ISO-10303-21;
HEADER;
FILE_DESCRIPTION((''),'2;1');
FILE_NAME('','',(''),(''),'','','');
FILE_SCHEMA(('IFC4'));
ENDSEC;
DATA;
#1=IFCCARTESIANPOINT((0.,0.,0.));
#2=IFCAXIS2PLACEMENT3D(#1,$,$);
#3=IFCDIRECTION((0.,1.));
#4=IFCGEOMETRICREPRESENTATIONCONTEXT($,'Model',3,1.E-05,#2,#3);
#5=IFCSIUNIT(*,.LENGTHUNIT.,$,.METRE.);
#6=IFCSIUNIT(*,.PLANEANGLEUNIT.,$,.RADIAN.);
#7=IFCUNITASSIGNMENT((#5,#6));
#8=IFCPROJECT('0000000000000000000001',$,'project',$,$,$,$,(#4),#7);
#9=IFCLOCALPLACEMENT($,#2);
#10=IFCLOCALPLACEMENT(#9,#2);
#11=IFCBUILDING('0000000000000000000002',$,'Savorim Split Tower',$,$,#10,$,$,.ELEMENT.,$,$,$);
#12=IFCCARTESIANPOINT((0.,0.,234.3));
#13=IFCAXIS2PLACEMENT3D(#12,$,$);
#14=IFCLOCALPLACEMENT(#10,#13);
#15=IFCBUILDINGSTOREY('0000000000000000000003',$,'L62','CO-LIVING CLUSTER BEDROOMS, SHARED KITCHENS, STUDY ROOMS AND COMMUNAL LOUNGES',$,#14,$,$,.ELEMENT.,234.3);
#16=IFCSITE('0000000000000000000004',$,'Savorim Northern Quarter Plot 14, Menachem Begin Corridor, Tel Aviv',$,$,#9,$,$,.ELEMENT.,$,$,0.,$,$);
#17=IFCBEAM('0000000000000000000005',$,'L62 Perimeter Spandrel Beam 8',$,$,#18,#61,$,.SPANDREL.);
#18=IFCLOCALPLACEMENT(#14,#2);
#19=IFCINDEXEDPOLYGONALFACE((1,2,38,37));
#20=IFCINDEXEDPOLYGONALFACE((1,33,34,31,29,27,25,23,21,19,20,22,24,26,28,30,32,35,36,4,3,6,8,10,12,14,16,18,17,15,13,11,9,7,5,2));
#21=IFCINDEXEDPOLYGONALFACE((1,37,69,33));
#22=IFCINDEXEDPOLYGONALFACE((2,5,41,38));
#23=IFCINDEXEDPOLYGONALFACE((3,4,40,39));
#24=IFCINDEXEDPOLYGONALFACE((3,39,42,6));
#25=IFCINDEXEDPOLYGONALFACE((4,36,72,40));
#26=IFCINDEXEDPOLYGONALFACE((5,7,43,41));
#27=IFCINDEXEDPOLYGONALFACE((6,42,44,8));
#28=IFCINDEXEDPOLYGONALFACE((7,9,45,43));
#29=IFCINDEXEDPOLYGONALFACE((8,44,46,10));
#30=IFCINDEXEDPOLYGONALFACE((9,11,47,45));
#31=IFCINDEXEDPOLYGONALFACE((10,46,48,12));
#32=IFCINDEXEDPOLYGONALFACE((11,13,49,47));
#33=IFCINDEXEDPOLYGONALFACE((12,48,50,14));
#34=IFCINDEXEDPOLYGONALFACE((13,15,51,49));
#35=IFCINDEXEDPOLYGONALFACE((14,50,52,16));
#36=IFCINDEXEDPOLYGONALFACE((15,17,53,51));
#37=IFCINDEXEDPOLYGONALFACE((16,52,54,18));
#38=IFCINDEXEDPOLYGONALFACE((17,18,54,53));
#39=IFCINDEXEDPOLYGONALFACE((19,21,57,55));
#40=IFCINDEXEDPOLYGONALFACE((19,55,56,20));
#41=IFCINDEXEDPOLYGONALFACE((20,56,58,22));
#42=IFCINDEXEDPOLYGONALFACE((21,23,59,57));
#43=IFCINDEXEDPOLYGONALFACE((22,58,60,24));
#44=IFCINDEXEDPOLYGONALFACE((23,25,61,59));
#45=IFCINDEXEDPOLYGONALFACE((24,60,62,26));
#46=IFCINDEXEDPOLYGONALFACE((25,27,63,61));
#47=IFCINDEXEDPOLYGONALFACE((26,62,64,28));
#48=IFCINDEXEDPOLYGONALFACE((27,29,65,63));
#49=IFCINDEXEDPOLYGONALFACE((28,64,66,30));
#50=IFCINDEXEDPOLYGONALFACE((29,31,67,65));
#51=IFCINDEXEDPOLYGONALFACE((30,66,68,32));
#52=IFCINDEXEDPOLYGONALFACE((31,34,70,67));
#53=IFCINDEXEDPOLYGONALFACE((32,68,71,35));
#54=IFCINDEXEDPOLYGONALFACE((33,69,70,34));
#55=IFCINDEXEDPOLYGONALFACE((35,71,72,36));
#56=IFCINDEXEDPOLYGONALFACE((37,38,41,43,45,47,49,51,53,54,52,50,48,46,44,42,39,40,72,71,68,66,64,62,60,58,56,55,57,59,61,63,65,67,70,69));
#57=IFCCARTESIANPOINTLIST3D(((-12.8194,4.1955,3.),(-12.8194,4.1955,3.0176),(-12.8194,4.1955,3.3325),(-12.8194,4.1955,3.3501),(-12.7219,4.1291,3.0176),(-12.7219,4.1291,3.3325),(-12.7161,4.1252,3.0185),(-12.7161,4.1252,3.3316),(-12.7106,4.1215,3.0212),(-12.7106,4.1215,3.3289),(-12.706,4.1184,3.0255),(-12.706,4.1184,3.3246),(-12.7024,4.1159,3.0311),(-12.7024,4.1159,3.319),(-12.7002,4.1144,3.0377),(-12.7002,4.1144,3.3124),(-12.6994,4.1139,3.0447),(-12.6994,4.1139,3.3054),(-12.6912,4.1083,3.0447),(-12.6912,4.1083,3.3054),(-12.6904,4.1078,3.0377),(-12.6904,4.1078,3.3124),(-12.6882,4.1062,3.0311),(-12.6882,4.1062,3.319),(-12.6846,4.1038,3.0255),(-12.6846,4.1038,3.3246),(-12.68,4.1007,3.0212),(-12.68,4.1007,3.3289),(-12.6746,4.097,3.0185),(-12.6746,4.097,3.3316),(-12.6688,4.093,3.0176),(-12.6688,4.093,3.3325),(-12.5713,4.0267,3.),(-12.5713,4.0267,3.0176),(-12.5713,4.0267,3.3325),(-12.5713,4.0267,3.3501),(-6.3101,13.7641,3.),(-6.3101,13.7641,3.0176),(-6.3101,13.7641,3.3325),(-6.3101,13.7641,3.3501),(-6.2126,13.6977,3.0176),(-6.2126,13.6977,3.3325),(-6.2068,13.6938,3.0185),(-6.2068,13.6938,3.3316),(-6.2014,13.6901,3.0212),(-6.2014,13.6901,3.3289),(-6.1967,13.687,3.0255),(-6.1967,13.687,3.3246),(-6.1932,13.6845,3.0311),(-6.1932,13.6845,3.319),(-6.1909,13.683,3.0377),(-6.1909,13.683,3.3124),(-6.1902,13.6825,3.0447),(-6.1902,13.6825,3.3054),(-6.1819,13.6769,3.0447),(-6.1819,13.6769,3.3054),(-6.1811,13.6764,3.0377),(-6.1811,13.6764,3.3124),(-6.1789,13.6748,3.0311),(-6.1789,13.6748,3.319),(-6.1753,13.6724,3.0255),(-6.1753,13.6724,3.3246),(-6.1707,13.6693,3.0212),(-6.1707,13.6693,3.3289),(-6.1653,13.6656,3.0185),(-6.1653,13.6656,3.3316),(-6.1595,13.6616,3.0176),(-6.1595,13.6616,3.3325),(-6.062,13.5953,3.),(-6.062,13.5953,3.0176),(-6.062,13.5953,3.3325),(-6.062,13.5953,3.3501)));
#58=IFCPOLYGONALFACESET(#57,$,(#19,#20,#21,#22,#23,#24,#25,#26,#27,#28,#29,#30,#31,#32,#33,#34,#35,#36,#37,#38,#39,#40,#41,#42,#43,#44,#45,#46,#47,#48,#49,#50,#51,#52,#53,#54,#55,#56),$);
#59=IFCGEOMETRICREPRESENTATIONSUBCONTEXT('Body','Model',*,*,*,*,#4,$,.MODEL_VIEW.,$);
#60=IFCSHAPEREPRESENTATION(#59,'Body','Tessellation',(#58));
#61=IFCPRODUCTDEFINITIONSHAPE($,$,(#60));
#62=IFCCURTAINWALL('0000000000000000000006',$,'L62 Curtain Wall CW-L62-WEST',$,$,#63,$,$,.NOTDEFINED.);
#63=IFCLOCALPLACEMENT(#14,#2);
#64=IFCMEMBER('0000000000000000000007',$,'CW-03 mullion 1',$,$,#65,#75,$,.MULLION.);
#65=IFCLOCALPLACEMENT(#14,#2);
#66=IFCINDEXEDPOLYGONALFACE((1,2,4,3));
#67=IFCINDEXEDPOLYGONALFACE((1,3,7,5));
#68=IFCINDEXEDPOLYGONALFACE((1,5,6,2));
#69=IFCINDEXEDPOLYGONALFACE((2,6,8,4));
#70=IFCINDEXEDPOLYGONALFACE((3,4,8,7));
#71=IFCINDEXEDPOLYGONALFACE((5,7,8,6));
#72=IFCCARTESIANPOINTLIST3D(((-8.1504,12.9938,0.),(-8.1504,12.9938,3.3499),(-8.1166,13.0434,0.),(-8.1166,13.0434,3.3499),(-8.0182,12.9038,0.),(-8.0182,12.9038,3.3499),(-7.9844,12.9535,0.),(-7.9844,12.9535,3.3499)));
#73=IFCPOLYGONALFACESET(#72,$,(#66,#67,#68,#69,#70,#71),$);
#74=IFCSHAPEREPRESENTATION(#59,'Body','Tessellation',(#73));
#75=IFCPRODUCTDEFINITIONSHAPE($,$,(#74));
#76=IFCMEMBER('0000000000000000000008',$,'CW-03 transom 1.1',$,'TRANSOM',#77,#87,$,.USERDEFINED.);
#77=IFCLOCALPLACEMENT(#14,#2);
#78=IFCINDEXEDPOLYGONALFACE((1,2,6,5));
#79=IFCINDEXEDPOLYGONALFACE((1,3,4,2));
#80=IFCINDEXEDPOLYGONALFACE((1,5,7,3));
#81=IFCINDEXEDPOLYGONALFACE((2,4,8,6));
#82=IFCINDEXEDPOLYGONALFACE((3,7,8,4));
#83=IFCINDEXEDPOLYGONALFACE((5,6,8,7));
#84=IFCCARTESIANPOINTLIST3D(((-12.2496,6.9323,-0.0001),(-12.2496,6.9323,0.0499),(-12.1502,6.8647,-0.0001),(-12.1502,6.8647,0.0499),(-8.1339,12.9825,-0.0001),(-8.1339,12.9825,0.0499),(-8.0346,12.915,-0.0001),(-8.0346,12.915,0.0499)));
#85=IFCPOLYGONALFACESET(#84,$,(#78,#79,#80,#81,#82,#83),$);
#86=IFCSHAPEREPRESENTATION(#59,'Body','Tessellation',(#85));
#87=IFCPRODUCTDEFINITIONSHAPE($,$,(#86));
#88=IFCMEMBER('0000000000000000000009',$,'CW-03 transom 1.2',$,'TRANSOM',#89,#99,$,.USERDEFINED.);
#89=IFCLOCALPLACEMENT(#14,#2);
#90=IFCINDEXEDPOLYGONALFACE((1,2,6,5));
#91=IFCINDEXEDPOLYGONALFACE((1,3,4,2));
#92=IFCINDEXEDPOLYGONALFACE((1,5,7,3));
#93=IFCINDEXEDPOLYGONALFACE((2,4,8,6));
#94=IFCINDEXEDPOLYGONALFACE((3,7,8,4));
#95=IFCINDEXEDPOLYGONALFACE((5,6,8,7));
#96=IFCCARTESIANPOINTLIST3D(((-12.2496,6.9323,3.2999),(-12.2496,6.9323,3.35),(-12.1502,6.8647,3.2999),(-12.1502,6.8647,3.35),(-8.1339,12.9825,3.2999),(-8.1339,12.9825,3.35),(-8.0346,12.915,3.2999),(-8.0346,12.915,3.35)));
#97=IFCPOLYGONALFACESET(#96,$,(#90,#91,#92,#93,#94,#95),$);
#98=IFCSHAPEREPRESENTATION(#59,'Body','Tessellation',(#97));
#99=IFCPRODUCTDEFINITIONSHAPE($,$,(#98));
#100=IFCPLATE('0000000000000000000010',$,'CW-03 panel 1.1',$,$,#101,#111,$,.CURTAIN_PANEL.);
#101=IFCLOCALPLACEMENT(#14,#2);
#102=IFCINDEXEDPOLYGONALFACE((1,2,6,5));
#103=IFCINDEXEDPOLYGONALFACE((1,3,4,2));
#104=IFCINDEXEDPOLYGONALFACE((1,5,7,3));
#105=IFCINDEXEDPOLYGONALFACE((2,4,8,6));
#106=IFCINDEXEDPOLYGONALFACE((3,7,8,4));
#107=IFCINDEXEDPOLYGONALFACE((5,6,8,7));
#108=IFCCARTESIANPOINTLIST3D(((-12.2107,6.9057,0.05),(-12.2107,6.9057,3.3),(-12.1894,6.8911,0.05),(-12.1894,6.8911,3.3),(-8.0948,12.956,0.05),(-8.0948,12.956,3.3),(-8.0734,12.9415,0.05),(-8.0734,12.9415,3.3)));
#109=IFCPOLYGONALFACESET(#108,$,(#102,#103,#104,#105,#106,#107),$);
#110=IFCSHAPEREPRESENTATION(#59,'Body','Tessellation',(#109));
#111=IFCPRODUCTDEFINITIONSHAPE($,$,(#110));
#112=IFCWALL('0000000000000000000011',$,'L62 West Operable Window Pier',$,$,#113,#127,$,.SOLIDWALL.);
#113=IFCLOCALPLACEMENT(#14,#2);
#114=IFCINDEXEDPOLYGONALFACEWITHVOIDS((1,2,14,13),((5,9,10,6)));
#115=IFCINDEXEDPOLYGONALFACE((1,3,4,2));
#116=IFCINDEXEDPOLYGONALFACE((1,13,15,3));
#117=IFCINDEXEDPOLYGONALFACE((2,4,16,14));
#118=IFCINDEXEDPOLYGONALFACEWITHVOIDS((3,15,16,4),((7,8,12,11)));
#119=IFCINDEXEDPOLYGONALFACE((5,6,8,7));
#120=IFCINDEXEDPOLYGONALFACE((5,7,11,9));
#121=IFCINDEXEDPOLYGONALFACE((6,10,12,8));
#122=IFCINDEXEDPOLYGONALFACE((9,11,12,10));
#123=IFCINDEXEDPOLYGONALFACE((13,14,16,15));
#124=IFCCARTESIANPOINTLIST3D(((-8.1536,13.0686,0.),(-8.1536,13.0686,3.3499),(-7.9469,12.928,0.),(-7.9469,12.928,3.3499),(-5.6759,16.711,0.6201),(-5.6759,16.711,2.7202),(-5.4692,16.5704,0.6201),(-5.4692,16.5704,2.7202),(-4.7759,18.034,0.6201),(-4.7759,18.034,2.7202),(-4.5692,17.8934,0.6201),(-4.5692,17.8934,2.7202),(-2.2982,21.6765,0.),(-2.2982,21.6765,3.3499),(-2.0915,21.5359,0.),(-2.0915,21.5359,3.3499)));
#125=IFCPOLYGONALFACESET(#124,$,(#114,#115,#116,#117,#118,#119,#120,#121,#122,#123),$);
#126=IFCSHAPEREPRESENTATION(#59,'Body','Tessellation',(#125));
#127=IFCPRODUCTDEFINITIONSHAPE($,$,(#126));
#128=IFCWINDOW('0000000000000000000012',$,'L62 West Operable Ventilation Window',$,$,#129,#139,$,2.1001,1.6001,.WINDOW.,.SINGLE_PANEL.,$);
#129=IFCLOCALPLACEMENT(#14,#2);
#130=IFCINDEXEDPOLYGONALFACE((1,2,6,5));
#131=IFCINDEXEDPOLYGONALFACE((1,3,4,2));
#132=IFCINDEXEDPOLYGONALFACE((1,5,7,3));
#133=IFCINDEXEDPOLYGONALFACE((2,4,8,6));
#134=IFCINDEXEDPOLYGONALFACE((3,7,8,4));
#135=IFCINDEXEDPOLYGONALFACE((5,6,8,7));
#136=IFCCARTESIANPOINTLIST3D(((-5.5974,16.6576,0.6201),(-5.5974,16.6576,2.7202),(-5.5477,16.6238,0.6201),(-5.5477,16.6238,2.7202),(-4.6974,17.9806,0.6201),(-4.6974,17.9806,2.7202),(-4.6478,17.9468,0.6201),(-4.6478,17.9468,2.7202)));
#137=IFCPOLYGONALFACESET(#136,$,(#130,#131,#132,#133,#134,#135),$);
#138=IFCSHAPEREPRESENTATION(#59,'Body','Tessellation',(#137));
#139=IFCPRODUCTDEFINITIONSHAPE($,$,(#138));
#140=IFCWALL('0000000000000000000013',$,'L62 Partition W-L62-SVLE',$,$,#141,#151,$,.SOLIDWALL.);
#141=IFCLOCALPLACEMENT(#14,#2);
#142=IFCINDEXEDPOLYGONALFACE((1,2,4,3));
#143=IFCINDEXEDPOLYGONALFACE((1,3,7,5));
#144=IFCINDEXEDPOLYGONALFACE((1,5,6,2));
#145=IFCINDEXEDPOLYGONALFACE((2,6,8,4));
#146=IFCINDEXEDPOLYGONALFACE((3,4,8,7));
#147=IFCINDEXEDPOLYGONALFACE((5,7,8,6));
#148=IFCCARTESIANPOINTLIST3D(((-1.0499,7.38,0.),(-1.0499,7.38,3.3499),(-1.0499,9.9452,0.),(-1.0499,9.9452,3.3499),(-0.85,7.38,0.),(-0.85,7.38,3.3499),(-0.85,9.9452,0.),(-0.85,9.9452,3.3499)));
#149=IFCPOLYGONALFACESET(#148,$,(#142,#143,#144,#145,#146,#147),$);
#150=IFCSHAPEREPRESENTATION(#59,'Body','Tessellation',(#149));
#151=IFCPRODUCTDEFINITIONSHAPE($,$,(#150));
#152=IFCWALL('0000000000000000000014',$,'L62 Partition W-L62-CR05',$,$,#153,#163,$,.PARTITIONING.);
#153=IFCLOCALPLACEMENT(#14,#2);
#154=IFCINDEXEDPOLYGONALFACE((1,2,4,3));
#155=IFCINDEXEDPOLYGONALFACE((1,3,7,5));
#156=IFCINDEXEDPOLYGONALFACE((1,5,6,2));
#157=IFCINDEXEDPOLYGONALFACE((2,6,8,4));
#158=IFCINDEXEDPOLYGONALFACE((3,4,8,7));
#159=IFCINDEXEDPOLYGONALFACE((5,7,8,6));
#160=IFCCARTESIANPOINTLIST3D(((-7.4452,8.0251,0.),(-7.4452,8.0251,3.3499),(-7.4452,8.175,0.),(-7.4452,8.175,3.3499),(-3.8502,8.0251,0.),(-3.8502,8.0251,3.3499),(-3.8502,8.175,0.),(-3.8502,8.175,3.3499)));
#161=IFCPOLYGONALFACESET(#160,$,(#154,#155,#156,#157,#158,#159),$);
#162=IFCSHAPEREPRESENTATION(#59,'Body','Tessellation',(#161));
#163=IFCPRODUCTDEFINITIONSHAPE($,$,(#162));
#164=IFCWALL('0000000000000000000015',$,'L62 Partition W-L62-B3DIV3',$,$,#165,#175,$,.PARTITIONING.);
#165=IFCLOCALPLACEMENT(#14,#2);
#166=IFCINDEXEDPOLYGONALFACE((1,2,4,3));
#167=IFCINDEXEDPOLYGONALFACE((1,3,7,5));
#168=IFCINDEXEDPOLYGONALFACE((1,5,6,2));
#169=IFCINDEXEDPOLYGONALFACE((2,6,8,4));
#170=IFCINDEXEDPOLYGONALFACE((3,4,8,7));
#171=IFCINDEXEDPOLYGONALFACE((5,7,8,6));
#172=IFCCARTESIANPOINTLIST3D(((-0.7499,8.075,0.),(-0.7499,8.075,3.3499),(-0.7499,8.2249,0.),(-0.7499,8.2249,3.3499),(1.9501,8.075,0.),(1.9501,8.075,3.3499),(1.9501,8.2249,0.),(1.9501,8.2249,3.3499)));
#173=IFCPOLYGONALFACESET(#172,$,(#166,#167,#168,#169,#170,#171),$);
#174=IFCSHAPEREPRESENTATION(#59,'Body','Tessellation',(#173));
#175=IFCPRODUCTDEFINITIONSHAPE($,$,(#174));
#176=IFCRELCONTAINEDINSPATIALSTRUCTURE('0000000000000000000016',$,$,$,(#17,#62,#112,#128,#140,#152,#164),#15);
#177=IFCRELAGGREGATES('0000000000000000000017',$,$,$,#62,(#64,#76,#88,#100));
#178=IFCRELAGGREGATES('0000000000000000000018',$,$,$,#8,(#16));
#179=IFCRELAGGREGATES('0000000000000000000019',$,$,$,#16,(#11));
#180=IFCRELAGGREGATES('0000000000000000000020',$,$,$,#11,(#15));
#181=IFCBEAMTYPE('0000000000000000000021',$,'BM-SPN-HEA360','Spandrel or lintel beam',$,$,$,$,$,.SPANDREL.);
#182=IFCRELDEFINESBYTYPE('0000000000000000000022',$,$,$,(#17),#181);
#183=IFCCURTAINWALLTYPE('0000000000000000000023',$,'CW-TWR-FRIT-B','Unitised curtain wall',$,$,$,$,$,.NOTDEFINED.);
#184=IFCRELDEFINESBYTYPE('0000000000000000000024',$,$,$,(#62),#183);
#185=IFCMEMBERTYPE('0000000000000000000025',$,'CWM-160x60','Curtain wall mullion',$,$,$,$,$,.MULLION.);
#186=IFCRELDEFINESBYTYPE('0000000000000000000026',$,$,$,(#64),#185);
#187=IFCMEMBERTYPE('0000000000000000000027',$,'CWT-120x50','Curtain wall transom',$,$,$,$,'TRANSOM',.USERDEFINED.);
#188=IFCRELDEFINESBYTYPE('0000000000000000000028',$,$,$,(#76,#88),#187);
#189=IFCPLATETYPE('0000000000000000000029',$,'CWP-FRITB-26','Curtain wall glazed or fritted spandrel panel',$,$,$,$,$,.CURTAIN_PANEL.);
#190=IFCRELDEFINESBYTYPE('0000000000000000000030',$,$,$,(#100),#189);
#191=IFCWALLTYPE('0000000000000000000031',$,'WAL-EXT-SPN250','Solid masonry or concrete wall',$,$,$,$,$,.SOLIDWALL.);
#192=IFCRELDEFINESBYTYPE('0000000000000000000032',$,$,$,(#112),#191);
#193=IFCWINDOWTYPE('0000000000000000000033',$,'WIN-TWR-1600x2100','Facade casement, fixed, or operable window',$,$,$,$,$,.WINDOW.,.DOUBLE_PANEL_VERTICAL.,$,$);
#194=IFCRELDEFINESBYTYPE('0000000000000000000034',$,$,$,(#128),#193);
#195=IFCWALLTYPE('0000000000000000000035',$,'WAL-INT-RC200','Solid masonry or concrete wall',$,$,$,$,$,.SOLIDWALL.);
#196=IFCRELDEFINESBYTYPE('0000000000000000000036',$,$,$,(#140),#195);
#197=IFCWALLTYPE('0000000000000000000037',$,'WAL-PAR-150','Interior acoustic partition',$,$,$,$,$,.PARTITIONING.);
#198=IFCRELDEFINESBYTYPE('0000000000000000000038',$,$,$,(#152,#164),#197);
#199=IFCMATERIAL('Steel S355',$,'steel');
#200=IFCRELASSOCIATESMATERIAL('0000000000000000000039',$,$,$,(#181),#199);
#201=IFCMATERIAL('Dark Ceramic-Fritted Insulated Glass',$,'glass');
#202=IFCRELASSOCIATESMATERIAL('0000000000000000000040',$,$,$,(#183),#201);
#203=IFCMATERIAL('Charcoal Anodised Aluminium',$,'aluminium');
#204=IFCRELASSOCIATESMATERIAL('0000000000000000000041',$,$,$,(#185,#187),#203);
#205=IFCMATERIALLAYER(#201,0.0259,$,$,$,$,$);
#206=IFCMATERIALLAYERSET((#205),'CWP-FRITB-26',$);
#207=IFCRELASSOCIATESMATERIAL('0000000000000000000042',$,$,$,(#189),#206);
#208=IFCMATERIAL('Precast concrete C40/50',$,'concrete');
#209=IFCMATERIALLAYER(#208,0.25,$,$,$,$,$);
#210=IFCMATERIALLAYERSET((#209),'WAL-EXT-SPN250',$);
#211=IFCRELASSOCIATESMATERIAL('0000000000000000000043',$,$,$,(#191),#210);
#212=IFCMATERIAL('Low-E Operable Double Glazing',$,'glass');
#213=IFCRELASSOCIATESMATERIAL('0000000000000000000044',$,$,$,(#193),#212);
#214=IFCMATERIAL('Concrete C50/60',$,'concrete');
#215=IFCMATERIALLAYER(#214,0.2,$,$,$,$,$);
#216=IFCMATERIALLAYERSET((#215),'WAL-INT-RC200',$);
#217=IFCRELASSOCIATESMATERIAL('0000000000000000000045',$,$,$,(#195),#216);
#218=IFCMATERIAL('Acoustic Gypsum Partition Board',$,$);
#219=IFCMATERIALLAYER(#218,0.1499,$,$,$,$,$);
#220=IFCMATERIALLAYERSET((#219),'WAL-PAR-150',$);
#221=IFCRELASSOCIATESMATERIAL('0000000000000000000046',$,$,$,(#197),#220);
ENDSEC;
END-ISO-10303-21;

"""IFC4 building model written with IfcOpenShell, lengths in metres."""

from ifc_helpers import new_model, si_unit, direction, frame, frame_2d, origin, origin_2d, place, context, subcontext, project, spatial, rectangle, i_section, extrude, material, layer, layer_set, material_profile, profile_set, type_object, element, fill, aggregate, save


model = new_model("IFC4")

# Units and contexts
model_context = context("Model", 3, precision=1e-05, world=origin(), true_north=direction((0.0, 1.0)))
body_context = subcontext(model_context, "Body", "Model", "MODEL_VIEW")
ifc_project = project(units=[si_unit("LENGTHUNIT", "METRE"), si_unit("PLANEANGLEUNIT", "RADIAN")], contexts=[model_context])

# Site, building, storey
site_placement = place(None, origin())
site = spatial("IfcSite", under=ifc_project, at=site_placement, Name="Savorim Northern Quarter Plot 14, Menachem Begin Corridor, Tel Aviv", CompositionType="ELEMENT", RefElevation=0.0)
building_placement = place(site_placement, origin())
building = spatial("IfcBuilding", under=site, at=building_placement, Name="Savorim Split Tower", CompositionType="ELEMENT")
storey_placement = place(building_placement, frame((0.0, 0.0, 234.3)))
storey = spatial("IfcBuildingStorey", under=building, at=storey_placement, Name="L62", Description="CO-LIVING CLUSTER BEDROOMS, SHARED KITCHENS, STUDY ROOMS AND COMMUNAL LOUNGES", CompositionType="ELEMENT", Elevation=234.3)

# Shared definitions
ifc_material_1 = material(Name="Steel S355", Category="steel")

# Beam
ifc_material_profile_1 = material_profile(ifc_material_1, i_section(OverallWidth=0.3, OverallDepth=0.3501, WebThickness=0.01, FlangeThickness=0.0176, FilletRadius=0.0271, at=origin_2d()), Name="HEA 360")
ifc_profile_set_1 = profile_set([ifc_material_profile_1], Name="Steel S355")
beam_type_1 = type_object("IfcBeamType", Name="BM-SPN-HEA360", Description="Spandrel or lintel beam", PredefinedType="SPANDREL", material=ifc_profile_set_1)
beam_1_placement = place(storey_placement, frame((-6.186, 13.6797, 3.175), z_axis=(-0.562465, -0.826821, 0.0), x_axis=(0.826821, -0.562465, 0.0)))
element("IfcBeam", 1, at=beam_1_placement, inside=storey, type_object=beam_type_1, Name="L62 Perimeter Spandrel Beam 8", PredefinedType="SPANDREL", context=body_context, shape_type="SweptSolid", body=[
    extrude(i_section(OverallWidth=0.3, OverallDepth=0.3501, WebThickness=0.01, FlangeThickness=0.0176, FilletRadius=0.0271, at=origin_2d()), origin(), (0.0, 0.0, 1.0), 11.5728),
])

# Curtain wall, members, plate
ifc_material_2 = material(Name="Dark Ceramic-Fritted Insulated Glass", Category="glass")
curtain_wall_type = type_object("IfcCurtainWallType", Name="CW-TWR-FRIT-B", Description="Unitised curtain wall", PredefinedType="NOTDEFINED", material=ifc_material_2)
curtain_wall_placement = place(storey_placement, origin())
curtain_wall = element("IfcCurtainWall", 2, at=curtain_wall_placement, inside=storey, type_object=curtain_wall_type, Name="L62 Curtain Wall CW-L62-WEST", PredefinedType="NOTDEFINED")
ifc_material_3 = material(Name="Charcoal Anodised Aluminium", Category="aluminium")
ifc_material_profile_2 = material_profile(ifc_material_3, rectangle(XDim=0.1599, YDim=0.0601, at=origin_2d()), Name="ALU-M 160x60")
ifc_profile_set_2 = profile_set([ifc_material_profile_2], Name="Charcoal Anodised Aluminium")
member_type_1 = type_object("IfcMemberType", Name="CWM-160x60", Description="Curtain wall mullion", PredefinedType="MULLION", material=ifc_profile_set_2)
member_1_placement = place(storey_placement, frame((-8.0674, 12.9736, 0.0), z_axis=(0.0, 0.0, 1.0), x_axis=(0.82682, -0.562467, 0.0)))
member_1 = element("IfcMember", 3, at=member_1_placement, type_object=member_type_1, Name="CW-03 mullion 1", PredefinedType="MULLION", context=body_context, shape_type="SweptSolid", body=[
    extrude(rectangle(XDim=0.1599, YDim=0.0601, at=origin_2d()), origin(), (0.0, 0.0, 1.0), 3.3499),
])
ifc_material_profile_3 = material_profile(ifc_material_3, rectangle(XDim=0.1201, YDim=0.05, at=origin_2d()), Name="ALU-T 120x50")
ifc_profile_set_3 = profile_set([ifc_material_profile_3], Name="Charcoal Anodised Aluminium")
member_type_2 = type_object("IfcMemberType", Name="CWT-120x50", Description="Curtain wall transom", ElementType="TRANSOM", PredefinedType="USERDEFINED", material=ifc_profile_set_3)
member_2_placement = place(storey_placement, frame((-8.0842, 12.9487, 0.0249), z_axis=(-0.562452, -0.82683, 0.0), x_axis=(0.82683, -0.562452, 0.0)))
member_2 = element("IfcMember", 4, at=member_2_placement, type_object=member_type_2, Name="CW-03 transom 1.1", ObjectType="TRANSOM", PredefinedType="USERDEFINED", context=body_context, shape_type="SweptSolid", body=[
    extrude(rectangle(XDim=0.1201, YDim=0.05, at=origin_2d()), origin(), (0.0, 0.0, 1.0), 7.3174),
])
member_3_placement = place(storey_placement, frame((-8.0842, 12.9487, 3.325), z_axis=(-0.562452, -0.82683, 0.0), x_axis=(0.82683, -0.562452, 0.0)))
member_3 = element("IfcMember", 5, at=member_3_placement, type_object=member_type_2, Name="CW-03 transom 1.2", ObjectType="TRANSOM", PredefinedType="USERDEFINED", context=body_context, shape_type="SweptSolid", body=[
    extrude(rectangle(XDim=0.1201, YDim=0.05, at=origin_2d()), origin(), (0.0, 0.0, 1.0), 7.3174),
])
ifc_layer_1 = layer(ifc_material_2, 0.0259)
ifc_layer_set_1 = layer_set([ifc_layer_1], Name="CWP-FRITB-26")
plate_type = type_object("IfcPlateType", Name="CWP-FRITB-26", Description="Curtain wall glazed or fritted spandrel panel", PredefinedType="CURTAIN_PANEL", material=ifc_layer_set_1)
plate_placement = place(storey_placement, frame((-10.1421, 9.9236, 0.05), z_axis=(0.0, 0.0, 1.0), x_axis=(-0.562467, -0.82682, 0.0)))
plate = element("IfcPlate", 6, at=plate_placement, type_object=plate_type, Name="CW-03 panel 1.1", PredefinedType="CURTAIN_PANEL", context=body_context, shape_type="SweptSolid", body=[
    extrude(rectangle(XDim=7.3176, YDim=0.0259, at=origin_2d()), origin(), (0.0, 0.0, 1.0), 3.25),
])
aggregate(curtain_wall, [member_1, member_2, member_3, plate])

# Shared definitions
ifc_material_4 = material(Name="Precast concrete C40/50", Category="concrete")

# Wall, opening, window
ifc_layer_2 = layer(ifc_material_4, 0.25)
ifc_layer_set_2 = layer_set([ifc_layer_2], Name="WAL-EXT-SPN250")
wall_type_1 = type_object("IfcWallType", Name="WAL-EXT-SPN250", Description="Solid masonry or concrete wall", PredefinedType="SOLIDWALL", material=ifc_layer_set_2)
wall_1_placement = place(storey_placement, frame((-8.0503, 12.9983, 0.0), z_axis=(0.0, 0.0, 1.0), x_axis=(0.562447, 0.826833, 0.0)))
wall_1 = element("IfcWall", 7, at=wall_1_placement, inside=storey, type_object=wall_type_1, Name="L62 West Operable Window Pier", PredefinedType="SOLIDWALL", context=body_context, shape_type="SweptSolid", body=[
    extrude(rectangle(XDim=10.4106, YDim=0.25, at=frame_2d((5.2053, 0.0))), origin(), (0.0, 0.0, 1.0), 3.3499),
])
opening_1_placement = place(wall_1_placement, frame((4.4053, 0.0, 0.6201)))
opening_1 = element("IfcOpeningElement", 8, at=opening_1_placement, cuts=wall_1, PredefinedType="OPENING", context=body_context, shape_type="SweptSolid", body=[
    extrude(rectangle(XDim=1.6001, YDim=2.1001, at=frame_2d((0.8, 1.05))), frame((0.0, 0.135, 0.0), z_axis=(0.0, -1.0, 0.0), x_axis=(1.0, 0.0, 0.0)), (0.0, 0.0, 1.0), 0.27),
])
ifc_material_5 = material(Name="Low-E Operable Double Glazing", Category="glass")
window_type = type_object("IfcWindowType", Name="WIN-TWR-1600x2100", Description="Facade casement, fixed, or operable window", PartitioningType="DOUBLE_PANEL_VERTICAL", PredefinedType="WINDOW", material=ifc_material_5)
window_placement = place(opening_1_placement, origin())
window = element("IfcWindow", 9, at=window_placement, inside=storey, type_object=window_type, Name="L62 West Operable Ventilation Window", OverallHeight=2.1001, OverallWidth=1.6001, PartitioningType="SINGLE_PANEL", PredefinedType="WINDOW", context=body_context, shape_type="SweptSolid", body=[
    extrude(rectangle(XDim=1.6001, YDim=2.1001, at=frame_2d((0.8, 1.05))), frame((0.0, 0.03, 0.0), z_axis=(0.0, -1.0, 0.0), x_axis=(1.0, 0.0, 0.0)), (0.0, 0.0, 1.0), 0.0601),
])
fill(opening_1, window)

# Walls
ifc_material_6 = material(Name="Concrete C50/60", Category="concrete")
ifc_layer_3 = layer(ifc_material_6, 0.2)
ifc_layer_set_3 = layer_set([ifc_layer_3], Name="WAL-INT-RC200")
wall_type_2 = type_object("IfcWallType", Name="WAL-INT-RC200", Description="Solid masonry or concrete wall", PredefinedType="SOLIDWALL", material=ifc_layer_set_3)
wall_2_placement = place(storey_placement, frame((-0.95, 7.3799, 0.0), z_axis=(0.0, 0.0, 1.0), x_axis=(0.0, 1.0, 0.0)))
element("IfcWall", 10, at=wall_2_placement, inside=storey, type_object=wall_type_2, Name="L62 Partition W-L62-SVLE", PredefinedType="SOLIDWALL", context=body_context, shape_type="SweptSolid", body=[
    extrude(rectangle(XDim=2.5652, YDim=0.2, at=frame_2d((1.2827, 0.0))), origin(), (0.0, 0.0, 1.0), 3.3499),
])
ifc_material_7 = material(Name="Acoustic Gypsum Partition Board")
ifc_layer_4 = layer(ifc_material_7, 0.1499)
ifc_layer_set_4 = layer_set([ifc_layer_4], Name="WAL-PAR-150")
wall_type_3 = type_object("IfcWallType", Name="WAL-PAR-150", Description="Interior acoustic partition", PredefinedType="PARTITIONING", material=ifc_layer_set_4)
wall_3_placement = place(storey_placement, frame((-7.4451, 8.1001, 0.0), z_axis=(0.0, 0.0, 1.0), x_axis=(1.0, 0.0, 0.0)))
element("IfcWall", 11, at=wall_3_placement, inside=storey, type_object=wall_type_3, Name="L62 Partition W-L62-CR05", PredefinedType="PARTITIONING", context=body_context, shape_type="SweptSolid", body=[
    extrude(rectangle(XDim=3.595, YDim=0.1499, at=frame_2d((1.7974, 0.0))), origin(), (0.0, 0.0, 1.0), 3.3499),
])
wall_4_placement = place(storey_placement, frame((-0.75, 8.1499, 0.0), z_axis=(0.0, 0.0, 1.0), x_axis=(1.0, 0.0, 0.0)))
element("IfcWall", 12, at=wall_4_placement, inside=storey, type_object=wall_type_3, Name="L62 Partition W-L62-B3DIV3", PredefinedType="PARTITIONING", context=body_context, shape_type="SweptSolid", body=[
    extrude(rectangle(XDim=2.7, YDim=0.1499, at=frame_2d((1.3501, 0.0))), origin(), (0.0, 0.0, 1.0), 3.3499),
])

save(model, "model.ifc")
